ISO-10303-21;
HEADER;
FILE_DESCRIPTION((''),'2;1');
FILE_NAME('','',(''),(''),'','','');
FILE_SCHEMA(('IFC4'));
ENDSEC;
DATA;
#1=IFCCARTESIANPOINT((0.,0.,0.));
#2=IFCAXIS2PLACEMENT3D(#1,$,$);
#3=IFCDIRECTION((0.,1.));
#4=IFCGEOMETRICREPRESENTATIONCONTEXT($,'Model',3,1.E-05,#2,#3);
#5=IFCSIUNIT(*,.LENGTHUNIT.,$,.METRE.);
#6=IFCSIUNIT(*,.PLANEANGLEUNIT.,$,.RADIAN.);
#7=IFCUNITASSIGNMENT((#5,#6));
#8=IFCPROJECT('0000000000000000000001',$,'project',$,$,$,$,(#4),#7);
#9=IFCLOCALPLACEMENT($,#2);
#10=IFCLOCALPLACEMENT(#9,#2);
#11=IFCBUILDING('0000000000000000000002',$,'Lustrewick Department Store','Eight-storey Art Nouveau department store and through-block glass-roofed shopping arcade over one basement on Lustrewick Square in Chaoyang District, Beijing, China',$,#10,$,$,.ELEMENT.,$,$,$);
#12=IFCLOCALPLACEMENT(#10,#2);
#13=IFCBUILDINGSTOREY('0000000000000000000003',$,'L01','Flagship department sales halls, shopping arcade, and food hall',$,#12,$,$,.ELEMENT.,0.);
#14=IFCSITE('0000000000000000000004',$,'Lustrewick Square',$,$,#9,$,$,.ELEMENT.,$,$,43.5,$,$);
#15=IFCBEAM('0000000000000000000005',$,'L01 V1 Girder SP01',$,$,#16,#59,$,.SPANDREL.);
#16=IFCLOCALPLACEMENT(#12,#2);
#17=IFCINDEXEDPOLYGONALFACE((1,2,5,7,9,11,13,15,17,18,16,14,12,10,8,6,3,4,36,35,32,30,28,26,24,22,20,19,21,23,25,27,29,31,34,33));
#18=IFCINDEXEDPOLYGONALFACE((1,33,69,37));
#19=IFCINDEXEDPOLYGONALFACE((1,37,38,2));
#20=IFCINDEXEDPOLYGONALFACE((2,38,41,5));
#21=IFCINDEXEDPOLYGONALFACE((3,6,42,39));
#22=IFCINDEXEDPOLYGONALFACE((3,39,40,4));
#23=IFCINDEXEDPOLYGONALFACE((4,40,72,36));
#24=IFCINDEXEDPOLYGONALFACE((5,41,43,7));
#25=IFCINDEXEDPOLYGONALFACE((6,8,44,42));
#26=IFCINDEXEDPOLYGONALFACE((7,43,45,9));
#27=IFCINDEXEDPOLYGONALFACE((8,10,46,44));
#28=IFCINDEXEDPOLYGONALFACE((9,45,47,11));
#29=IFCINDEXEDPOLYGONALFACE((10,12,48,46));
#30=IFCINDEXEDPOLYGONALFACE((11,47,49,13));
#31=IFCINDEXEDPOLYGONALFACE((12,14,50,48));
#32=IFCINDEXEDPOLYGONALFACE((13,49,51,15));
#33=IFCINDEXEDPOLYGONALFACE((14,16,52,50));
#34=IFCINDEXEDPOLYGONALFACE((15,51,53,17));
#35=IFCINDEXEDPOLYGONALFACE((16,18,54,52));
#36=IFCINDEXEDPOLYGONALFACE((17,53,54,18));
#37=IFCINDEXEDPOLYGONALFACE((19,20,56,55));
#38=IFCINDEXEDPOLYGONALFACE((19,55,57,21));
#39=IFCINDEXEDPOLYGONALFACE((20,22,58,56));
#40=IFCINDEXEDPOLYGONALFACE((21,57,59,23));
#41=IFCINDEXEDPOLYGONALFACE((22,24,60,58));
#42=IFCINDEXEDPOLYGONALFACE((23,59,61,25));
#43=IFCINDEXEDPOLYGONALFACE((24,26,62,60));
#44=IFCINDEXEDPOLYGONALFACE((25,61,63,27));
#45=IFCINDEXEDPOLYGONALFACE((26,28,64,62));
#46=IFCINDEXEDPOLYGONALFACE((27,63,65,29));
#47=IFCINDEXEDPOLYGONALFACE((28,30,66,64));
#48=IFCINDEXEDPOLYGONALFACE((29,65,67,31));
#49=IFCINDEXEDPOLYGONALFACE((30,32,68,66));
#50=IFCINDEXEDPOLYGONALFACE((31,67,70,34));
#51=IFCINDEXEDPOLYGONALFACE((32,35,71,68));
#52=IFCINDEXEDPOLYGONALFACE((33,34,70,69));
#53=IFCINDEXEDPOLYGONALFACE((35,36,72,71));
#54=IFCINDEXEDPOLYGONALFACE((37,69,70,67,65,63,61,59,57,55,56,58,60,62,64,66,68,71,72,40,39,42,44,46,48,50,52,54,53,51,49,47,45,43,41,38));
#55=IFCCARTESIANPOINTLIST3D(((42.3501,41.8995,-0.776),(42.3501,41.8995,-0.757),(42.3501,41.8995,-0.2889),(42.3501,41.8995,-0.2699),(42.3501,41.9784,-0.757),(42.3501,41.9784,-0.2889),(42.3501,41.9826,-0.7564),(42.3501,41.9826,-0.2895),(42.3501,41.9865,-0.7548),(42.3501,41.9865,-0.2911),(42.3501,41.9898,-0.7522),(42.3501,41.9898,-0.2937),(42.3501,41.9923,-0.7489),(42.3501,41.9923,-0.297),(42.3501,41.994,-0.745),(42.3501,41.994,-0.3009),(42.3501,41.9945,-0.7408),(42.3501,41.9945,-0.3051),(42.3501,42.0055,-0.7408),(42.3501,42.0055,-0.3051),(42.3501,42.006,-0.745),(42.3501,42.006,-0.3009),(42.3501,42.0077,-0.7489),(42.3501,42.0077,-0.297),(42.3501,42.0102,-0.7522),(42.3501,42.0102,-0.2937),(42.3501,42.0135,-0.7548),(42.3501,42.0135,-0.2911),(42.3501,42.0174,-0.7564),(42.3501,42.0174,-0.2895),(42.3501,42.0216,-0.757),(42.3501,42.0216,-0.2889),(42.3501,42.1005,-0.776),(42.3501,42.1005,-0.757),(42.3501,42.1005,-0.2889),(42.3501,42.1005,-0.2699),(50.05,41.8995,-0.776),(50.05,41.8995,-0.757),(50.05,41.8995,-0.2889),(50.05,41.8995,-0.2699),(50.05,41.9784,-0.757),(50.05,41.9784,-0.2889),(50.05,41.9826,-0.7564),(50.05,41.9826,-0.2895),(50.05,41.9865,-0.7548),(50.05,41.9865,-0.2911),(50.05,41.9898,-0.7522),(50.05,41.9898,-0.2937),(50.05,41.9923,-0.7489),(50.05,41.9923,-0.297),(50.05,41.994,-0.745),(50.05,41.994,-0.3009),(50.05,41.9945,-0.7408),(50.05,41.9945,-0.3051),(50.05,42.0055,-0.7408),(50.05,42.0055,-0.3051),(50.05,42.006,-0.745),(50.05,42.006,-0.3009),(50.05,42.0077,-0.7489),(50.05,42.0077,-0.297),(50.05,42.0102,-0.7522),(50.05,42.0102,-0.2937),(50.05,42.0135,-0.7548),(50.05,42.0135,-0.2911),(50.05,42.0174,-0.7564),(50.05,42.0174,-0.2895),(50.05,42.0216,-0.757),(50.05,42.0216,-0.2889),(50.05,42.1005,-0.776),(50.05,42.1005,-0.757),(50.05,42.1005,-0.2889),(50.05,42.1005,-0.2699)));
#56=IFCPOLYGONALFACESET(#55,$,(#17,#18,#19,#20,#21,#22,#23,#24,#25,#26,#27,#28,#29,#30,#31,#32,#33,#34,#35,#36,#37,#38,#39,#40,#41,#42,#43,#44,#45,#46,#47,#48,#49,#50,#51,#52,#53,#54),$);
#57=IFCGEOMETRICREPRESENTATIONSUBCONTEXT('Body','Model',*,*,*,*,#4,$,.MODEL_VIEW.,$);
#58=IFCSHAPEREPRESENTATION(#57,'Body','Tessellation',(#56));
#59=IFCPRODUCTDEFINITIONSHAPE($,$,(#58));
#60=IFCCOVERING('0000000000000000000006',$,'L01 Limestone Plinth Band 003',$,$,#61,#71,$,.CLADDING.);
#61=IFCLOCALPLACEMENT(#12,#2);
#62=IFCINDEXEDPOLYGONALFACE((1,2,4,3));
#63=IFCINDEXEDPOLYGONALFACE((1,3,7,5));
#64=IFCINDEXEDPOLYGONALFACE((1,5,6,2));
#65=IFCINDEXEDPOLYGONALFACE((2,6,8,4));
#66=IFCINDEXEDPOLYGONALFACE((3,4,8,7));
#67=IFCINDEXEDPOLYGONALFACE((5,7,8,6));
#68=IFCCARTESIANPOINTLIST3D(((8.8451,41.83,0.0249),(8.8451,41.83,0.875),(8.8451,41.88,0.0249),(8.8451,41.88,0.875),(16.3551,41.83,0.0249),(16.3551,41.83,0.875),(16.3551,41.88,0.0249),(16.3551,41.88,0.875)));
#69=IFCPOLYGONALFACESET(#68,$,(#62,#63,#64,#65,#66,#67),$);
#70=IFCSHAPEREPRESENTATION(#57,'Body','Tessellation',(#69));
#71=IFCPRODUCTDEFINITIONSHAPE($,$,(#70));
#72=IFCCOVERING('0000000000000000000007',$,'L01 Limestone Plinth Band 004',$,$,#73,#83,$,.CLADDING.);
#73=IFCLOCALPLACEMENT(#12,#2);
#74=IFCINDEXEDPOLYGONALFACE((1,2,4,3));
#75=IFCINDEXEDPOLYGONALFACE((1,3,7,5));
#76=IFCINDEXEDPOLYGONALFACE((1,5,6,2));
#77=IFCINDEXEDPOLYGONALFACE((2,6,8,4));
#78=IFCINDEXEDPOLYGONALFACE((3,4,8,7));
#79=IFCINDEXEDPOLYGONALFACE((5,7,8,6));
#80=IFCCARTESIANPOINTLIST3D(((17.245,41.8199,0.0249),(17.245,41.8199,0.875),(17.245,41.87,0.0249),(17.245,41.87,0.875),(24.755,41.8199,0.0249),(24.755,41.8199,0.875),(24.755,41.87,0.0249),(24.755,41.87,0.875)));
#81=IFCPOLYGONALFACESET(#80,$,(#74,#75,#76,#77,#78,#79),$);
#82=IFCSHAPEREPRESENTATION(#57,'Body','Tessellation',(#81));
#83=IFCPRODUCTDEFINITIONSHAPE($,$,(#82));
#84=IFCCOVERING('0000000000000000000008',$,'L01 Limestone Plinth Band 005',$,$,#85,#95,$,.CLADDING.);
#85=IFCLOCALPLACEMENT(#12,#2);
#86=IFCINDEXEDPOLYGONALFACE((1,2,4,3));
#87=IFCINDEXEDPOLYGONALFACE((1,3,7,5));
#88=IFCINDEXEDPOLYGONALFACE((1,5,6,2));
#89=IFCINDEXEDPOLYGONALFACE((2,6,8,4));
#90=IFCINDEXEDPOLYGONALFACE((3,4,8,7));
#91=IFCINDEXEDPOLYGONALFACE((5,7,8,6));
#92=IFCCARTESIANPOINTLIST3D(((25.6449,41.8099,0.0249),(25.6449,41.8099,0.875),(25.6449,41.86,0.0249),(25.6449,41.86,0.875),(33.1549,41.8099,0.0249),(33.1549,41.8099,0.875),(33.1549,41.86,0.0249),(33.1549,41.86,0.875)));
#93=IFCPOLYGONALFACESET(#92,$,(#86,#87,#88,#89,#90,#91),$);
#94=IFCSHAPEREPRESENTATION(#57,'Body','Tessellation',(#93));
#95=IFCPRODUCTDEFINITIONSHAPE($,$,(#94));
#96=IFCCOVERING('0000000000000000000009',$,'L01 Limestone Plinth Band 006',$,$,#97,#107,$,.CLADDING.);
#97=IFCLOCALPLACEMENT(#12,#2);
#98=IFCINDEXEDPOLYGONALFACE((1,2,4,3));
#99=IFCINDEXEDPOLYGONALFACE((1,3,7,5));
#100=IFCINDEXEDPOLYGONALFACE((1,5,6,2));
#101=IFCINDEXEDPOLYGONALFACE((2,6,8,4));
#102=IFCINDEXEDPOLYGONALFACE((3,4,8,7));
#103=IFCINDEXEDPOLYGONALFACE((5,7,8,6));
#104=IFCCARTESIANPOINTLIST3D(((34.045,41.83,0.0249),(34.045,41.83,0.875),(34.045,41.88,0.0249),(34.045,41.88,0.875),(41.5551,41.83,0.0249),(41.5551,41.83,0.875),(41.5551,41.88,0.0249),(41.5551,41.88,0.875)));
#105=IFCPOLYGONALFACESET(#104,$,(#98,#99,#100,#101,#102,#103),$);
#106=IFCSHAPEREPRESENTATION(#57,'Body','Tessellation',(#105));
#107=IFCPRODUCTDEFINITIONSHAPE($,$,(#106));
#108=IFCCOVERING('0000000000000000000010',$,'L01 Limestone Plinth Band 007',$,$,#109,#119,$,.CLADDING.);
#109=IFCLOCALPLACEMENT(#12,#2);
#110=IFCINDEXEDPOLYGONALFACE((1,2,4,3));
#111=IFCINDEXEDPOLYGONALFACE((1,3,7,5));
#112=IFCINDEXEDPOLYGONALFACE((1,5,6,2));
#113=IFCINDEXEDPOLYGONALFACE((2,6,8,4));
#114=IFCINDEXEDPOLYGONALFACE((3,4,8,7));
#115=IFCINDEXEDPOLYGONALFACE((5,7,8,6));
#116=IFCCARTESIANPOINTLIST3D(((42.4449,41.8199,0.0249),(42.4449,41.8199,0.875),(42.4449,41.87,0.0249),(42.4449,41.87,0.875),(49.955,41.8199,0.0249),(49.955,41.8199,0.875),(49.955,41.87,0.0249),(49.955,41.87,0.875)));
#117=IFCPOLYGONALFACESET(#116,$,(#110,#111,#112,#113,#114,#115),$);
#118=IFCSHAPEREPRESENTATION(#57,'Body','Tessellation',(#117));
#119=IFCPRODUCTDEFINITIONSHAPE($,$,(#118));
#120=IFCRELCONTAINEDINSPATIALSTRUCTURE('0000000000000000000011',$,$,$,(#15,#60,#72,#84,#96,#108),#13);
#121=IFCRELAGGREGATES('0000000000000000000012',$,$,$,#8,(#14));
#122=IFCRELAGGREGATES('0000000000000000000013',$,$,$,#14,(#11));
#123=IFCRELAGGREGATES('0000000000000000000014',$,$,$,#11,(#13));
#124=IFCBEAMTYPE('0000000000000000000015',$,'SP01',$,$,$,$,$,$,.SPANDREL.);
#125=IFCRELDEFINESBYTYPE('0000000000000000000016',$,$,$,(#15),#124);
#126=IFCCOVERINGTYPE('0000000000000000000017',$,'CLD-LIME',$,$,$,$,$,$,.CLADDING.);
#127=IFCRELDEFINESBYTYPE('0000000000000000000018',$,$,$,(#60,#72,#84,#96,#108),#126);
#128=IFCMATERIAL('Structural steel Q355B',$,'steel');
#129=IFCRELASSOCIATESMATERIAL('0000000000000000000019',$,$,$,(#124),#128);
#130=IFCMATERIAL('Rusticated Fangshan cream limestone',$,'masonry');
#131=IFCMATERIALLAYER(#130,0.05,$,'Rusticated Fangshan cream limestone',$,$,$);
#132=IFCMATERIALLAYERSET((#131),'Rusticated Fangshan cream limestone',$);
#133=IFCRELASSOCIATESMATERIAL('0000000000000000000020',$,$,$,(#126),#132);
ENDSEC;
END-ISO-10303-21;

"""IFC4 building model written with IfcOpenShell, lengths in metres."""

from ifc_helpers import new_model, si_unit, direction, frame, origin, origin_2d, place, context, subcontext, project, spatial, rectangle, i_section, extrude, material, layer, layer_set, material_profile, profile_set, type_object, element, save


model = new_model("IFC4")

# Units and contexts
model_context = context("Model", 3, precision=1e-05, world=origin(), true_north=direction((0.0, 1.0)))
body_context = subcontext(model_context, "Body", "Model", "MODEL_VIEW")
ifc_project = project(units=[si_unit("LENGTHUNIT", "METRE"), si_unit("PLANEANGLEUNIT", "RADIAN")], contexts=[model_context])

# Site, building, storey
site_placement = place(None, origin())
site = spatial("IfcSite", under=ifc_project, at=site_placement, Name="Lustrewick Square", CompositionType="ELEMENT", RefElevation=43.5)
building_placement = place(site_placement, origin())
building = spatial("IfcBuilding", under=site, at=building_placement, Name="Lustrewick Department Store", Description="Eight-storey Art Nouveau department store and through-block glass-roofed shopping arcade over one basement on Lustrewick Square in Chaoyang District, Beijing, China", CompositionType="ELEMENT")
storey_placement = place(building_placement, origin())
storey = spatial("IfcBuildingStorey", under=building, at=storey_placement, Name="L01", Description="Flagship department sales halls, shopping arcade, and food hall", CompositionType="ELEMENT", Elevation=0.0)

# Beam
ifc_material_1 = material(Name="Structural steel Q355B", Category="steel")
ifc_material_profile_1 = material_profile(ifc_material_1, i_section(OverallWidth=0.2009, OverallDepth=0.5061, WebThickness=0.011, FlangeThickness=0.019, FilletRadius=0.0161, at=origin_2d()), Name="HN 506x201x11x19")
ifc_profile_set_1 = profile_set([ifc_material_profile_1], Name="Structural steel Q355B")
beam_type_1 = type_object("IfcBeamType", Name="SP01", PredefinedType="SPANDREL", material=ifc_profile_set_1)
for number, where, z_axis, x_axis, name in (
    (1, (42.3501, 42.0, -0.5229), (1.0, 0.0, 0.0), (0.0, 1.0, 0.0), "L01 V1 Girder SP01"),
):
    element("IfcBeam", number, at=place(storey_placement, frame(where, z_axis=z_axis, x_axis=x_axis)), inside=storey, type_object=beam_type_1, Name=name, PredefinedType="SPANDREL", context=body_context, shape_type="SweptSolid", body=[
        extrude(i_section(OverallWidth=0.2009, OverallDepth=0.5061, WebThickness=0.011, FlangeThickness=0.019, FilletRadius=0.0161, at=origin_2d()), origin(), (0.0, 0.0, 1.0), 7.7),
    ])

# Coverings
ifc_material_2 = material(Name="Rusticated Fangshan cream limestone", Category="masonry")
ifc_layer_1 = layer(ifc_material_2, 0.05, Name="Rusticated Fangshan cream limestone")
ifc_layer_set_1 = layer_set([ifc_layer_1], Name="Rusticated Fangshan cream limestone")
covering_type = type_object("IfcCoveringType", Name="CLD-LIME", PredefinedType="CLADDING", material=ifc_layer_set_1)
for number, where, z_axis, x_axis, name in (
    (2, (12.6001, 41.855, 0.0249), (0.0, 0.0, 1.0), (1.0, 0.0, 0.0), "L01 Limestone Plinth Band 003"),
    (3, (21.0, 41.845, 0.0249), (0.0, 0.0, 1.0), (1.0, 0.0, 0.0), "L01 Limestone Plinth Band 004"),
    (4, (29.3999, 41.835, 0.0249), (0.0, 0.0, 1.0), (1.0, 0.0, 0.0), "L01 Limestone Plinth Band 005"),
    (5, (37.8, 41.855, 0.0249), (0.0, 0.0, 1.0), (1.0, 0.0, 0.0), "L01 Limestone Plinth Band 006"),
    (6, (46.2, 41.845, 0.0249), (0.0, 0.0, 1.0), (1.0, 0.0, 0.0), "L01 Limestone Plinth Band 007"),
):
    element("IfcCovering", number, at=place(storey_placement, frame(where, z_axis=z_axis, x_axis=x_axis)), inside=storey, type_object=covering_type, Name=name, PredefinedType="CLADDING", context=body_context, shape_type="SweptSolid", body=[
        extrude(rectangle(XDim=7.51, YDim=0.05, at=origin_2d()), origin(), (0.0, 0.0, 1.0), 0.8501),
    ])

save(model, "model.ifc")
